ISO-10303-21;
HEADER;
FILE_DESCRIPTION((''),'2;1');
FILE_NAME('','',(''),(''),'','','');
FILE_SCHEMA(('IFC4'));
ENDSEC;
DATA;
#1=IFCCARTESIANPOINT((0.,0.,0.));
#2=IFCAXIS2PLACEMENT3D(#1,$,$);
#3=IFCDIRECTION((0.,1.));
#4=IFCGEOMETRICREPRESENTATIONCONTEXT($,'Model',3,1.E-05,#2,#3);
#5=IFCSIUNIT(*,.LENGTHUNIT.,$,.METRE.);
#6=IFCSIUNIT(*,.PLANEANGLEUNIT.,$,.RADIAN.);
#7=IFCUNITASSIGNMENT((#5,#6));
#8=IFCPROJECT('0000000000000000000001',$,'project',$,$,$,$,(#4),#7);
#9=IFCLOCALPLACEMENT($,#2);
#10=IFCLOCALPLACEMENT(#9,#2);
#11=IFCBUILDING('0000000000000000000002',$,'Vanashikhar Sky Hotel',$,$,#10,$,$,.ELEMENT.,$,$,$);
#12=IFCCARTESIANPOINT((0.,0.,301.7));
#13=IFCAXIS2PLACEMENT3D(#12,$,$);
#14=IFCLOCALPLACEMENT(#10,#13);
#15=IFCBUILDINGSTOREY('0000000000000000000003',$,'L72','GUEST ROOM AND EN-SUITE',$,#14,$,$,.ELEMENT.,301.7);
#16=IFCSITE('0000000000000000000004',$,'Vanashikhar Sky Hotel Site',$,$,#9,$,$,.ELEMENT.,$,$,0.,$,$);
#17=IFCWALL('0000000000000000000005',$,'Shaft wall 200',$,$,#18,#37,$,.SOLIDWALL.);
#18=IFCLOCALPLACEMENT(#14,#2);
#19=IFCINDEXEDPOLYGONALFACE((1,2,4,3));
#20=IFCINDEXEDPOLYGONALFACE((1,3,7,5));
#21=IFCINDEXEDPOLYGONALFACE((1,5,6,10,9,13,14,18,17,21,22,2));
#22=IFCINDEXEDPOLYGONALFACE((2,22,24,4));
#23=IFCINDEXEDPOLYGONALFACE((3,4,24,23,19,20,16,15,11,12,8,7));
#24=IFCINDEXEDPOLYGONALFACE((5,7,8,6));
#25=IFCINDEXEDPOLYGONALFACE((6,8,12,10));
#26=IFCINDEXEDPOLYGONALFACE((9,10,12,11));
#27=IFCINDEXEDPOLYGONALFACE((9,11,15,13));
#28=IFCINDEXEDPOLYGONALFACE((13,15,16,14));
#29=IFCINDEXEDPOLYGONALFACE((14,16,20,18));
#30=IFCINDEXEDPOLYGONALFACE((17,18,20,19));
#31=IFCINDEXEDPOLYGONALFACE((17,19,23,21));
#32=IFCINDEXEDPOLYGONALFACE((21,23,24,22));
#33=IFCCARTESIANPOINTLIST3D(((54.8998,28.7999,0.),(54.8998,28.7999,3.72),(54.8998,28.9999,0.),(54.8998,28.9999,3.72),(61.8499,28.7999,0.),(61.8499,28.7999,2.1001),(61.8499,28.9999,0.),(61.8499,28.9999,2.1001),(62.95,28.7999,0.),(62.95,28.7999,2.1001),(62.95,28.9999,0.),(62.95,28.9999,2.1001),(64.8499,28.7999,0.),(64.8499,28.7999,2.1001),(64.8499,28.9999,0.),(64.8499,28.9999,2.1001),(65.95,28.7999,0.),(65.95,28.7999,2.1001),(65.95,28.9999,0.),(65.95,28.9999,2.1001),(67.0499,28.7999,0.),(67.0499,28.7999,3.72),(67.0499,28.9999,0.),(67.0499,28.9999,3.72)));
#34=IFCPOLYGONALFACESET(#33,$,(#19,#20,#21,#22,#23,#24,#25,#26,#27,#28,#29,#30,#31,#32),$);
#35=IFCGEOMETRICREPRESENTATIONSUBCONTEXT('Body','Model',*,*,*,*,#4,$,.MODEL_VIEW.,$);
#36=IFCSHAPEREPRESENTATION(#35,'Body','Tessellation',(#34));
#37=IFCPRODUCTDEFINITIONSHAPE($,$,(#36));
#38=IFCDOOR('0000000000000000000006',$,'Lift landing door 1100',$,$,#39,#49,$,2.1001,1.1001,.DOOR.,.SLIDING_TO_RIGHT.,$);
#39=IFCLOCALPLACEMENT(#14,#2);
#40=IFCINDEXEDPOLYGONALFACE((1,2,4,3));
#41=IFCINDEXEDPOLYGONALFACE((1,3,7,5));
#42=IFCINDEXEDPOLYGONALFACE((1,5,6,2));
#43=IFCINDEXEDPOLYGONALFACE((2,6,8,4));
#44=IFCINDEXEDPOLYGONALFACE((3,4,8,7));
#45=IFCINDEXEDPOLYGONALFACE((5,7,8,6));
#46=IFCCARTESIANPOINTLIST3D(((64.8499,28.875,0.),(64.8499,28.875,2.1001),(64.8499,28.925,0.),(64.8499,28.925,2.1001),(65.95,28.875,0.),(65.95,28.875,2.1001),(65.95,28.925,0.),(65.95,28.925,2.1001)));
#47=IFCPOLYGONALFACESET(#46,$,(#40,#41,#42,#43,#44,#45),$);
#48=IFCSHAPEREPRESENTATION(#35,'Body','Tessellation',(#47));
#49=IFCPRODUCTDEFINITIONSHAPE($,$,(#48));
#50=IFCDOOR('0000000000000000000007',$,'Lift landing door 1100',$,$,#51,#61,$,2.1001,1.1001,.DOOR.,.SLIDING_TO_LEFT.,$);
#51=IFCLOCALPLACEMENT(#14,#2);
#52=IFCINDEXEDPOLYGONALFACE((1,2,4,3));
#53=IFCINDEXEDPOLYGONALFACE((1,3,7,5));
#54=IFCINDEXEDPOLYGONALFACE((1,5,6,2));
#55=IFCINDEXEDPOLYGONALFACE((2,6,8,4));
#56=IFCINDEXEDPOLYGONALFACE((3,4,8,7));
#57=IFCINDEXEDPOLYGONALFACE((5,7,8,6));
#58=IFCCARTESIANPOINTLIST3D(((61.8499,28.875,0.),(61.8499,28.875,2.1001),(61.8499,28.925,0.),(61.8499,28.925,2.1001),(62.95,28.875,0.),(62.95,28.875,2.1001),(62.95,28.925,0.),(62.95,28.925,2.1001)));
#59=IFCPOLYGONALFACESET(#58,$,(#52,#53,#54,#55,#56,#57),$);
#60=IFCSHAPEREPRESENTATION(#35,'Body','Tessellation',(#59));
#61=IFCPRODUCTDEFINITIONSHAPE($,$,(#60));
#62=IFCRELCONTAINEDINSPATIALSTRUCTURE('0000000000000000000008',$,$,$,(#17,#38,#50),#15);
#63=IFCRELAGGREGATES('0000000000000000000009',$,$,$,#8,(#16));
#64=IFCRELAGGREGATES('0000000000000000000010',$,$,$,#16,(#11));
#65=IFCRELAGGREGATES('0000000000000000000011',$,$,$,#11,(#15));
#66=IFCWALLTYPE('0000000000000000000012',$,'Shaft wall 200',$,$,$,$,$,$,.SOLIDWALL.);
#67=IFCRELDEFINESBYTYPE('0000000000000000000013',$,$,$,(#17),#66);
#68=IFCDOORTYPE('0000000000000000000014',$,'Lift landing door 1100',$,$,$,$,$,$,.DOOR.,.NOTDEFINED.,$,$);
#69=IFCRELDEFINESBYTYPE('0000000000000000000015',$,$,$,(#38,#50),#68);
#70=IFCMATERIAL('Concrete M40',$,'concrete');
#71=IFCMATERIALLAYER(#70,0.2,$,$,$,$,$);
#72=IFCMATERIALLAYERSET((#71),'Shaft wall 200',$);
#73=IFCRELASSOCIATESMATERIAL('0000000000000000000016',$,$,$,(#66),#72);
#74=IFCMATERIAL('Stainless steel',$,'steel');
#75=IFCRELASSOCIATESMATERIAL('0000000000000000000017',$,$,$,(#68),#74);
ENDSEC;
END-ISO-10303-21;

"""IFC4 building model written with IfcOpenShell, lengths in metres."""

from ifc_helpers import new_model, si_unit, direction, frame, frame_2d, origin, place, context, subcontext, project, spatial, rectangle, extrude, source, transform, mapped, material, layer, layer_set, type_object, element, fill, save


model = new_model("IFC4")

# Units and contexts
model_context = context("Model", 3, precision=1e-05, world=origin(), true_north=direction((0.0, 1.0)))
body_context = subcontext(model_context, "Body", "Model", "MODEL_VIEW")
ifc_project = project(units=[si_unit("LENGTHUNIT", "METRE"), si_unit("PLANEANGLEUNIT", "RADIAN")], contexts=[model_context])

# Site, building, storey
site_placement = place(None, origin())
site = spatial("IfcSite", under=ifc_project, at=site_placement, Name="Vanashikhar Sky Hotel Site", CompositionType="ELEMENT", RefElevation=0.0)
building_placement = place(site_placement, origin())
building = spatial("IfcBuilding", under=site, at=building_placement, Name="Vanashikhar Sky Hotel", CompositionType="ELEMENT")
storey_placement = place(building_placement, frame((0.0, 0.0, 301.7)))
storey = spatial("IfcBuildingStorey", under=building, at=storey_placement, Name="L72", Description="GUEST ROOM AND EN-SUITE", CompositionType="ELEMENT", Elevation=301.7)

# Shared definitions
ifc_material_1 = material(Name="Concrete M40", Category="concrete")
ifc_layer_1 = layer(ifc_material_1, 0.2)
ifc_layer_set_1 = layer_set([ifc_layer_1], Name="Shaft wall 200")
wall_type_1 = type_object("IfcWallType", Name="Shaft wall 200", PredefinedType="SOLIDWALL", material=ifc_layer_set_1)
shared_shape_1 = source(origin(), body_context, "Body", "SweptSolid", [
    extrude(rectangle(XDim=1.1001, YDim=2.1001, at=frame_2d((0.55, 1.05))), frame((0.0, 0.1099, 0.0), z_axis=(0.0, -1.0, 0.0), x_axis=(1.0, 0.0, 0.0)), (0.0, 0.0, 1.0), 0.22),
])
ifc_material_2 = material(Name="Stainless steel", Category="steel")
door_type_1 = type_object("IfcDoorType", Name="Lift landing door 1100", OperationType="NOTDEFINED", PredefinedType="DOOR", material=ifc_material_2)
shared_shape_2 = source(origin(), body_context, "Body", "SweptSolid", [
    extrude(rectangle(XDim=1.1001, YDim=2.1001, at=frame_2d((0.55, 1.05))), frame((0.0, 0.0249, 0.0), z_axis=(0.0, -1.0, 0.0), x_axis=(1.0, 0.0, 0.0)), (0.0, 0.0, 1.0), 0.05),
])

# Wall, openings, doors
shared_shape_3 = source(origin(), body_context, "Body", "SweptSolid", [
    extrude(rectangle(XDim=12.1501, YDim=0.2, at=frame_2d((6.0752, 0.0))), origin(), (0.0, 0.0, 1.0), 3.72),
])
wall_1_placement = place(storey_placement, frame((67.05, 28.8999, 0.0), z_axis=(0.0, 0.0, 1.0), x_axis=(-1.0, 0.0, 0.0)))
wall_1 = element("IfcWall", 1, at=wall_1_placement, inside=storey, type_object=wall_type_1, Name="Shaft wall 200", PredefinedType="SOLIDWALL", context=body_context, shape_type="MappedRepresentation", body=[
    mapped(shared_shape_3, transform((0.0, 0.0, 0.0), scale=1.0)),
])
opening_1_placement = place(wall_1_placement, frame((1.1001, 0.0, 0.0)))
opening_1 = element("IfcOpeningElement", 2, at=opening_1_placement, cuts=wall_1, PredefinedType="OPENING", context=body_context, shape_type="MappedRepresentation", body=[
    mapped(shared_shape_1, transform((0.0, 0.0, 0.0), scale=1.0)),
])
opening_2_placement = place(wall_1_placement, frame((4.1001, 0.0, 0.0)))
opening_2 = element("IfcOpeningElement", 3, at=opening_2_placement, cuts=wall_1, PredefinedType="OPENING", context=body_context, shape_type="MappedRepresentation", body=[
    mapped(shared_shape_1, transform((0.0, 0.0, 0.0), scale=1.0)),
])
door_1_placement = place(opening_1_placement, origin())
door_1 = element("IfcDoor", 4, at=door_1_placement, inside=storey, type_object=door_type_1, Name="Lift landing door 1100", OperationType="SLIDING_TO_RIGHT", OverallHeight=2.1001, OverallWidth=1.1001, PredefinedType="DOOR", context=body_context, shape_type="MappedRepresentation", body=[
    mapped(shared_shape_2, transform((0.0, 0.0, 0.0), scale=1.0)),
])
fill(opening_1, door_1)
door_2_placement = place(opening_2_placement, origin())
door_2 = element("IfcDoor", 5, at=door_2_placement, inside=storey, type_object=door_type_1, Name="Lift landing door 1100", OperationType="SLIDING_TO_LEFT", OverallHeight=2.1001, OverallWidth=1.1001, PredefinedType="DOOR", context=body_context, shape_type="MappedRepresentation", body=[
    mapped(shared_shape_2, transform((0.0, 0.0, 0.0), scale=1.0)),
])
fill(opening_2, door_2)

save(model, "model.ifc")
